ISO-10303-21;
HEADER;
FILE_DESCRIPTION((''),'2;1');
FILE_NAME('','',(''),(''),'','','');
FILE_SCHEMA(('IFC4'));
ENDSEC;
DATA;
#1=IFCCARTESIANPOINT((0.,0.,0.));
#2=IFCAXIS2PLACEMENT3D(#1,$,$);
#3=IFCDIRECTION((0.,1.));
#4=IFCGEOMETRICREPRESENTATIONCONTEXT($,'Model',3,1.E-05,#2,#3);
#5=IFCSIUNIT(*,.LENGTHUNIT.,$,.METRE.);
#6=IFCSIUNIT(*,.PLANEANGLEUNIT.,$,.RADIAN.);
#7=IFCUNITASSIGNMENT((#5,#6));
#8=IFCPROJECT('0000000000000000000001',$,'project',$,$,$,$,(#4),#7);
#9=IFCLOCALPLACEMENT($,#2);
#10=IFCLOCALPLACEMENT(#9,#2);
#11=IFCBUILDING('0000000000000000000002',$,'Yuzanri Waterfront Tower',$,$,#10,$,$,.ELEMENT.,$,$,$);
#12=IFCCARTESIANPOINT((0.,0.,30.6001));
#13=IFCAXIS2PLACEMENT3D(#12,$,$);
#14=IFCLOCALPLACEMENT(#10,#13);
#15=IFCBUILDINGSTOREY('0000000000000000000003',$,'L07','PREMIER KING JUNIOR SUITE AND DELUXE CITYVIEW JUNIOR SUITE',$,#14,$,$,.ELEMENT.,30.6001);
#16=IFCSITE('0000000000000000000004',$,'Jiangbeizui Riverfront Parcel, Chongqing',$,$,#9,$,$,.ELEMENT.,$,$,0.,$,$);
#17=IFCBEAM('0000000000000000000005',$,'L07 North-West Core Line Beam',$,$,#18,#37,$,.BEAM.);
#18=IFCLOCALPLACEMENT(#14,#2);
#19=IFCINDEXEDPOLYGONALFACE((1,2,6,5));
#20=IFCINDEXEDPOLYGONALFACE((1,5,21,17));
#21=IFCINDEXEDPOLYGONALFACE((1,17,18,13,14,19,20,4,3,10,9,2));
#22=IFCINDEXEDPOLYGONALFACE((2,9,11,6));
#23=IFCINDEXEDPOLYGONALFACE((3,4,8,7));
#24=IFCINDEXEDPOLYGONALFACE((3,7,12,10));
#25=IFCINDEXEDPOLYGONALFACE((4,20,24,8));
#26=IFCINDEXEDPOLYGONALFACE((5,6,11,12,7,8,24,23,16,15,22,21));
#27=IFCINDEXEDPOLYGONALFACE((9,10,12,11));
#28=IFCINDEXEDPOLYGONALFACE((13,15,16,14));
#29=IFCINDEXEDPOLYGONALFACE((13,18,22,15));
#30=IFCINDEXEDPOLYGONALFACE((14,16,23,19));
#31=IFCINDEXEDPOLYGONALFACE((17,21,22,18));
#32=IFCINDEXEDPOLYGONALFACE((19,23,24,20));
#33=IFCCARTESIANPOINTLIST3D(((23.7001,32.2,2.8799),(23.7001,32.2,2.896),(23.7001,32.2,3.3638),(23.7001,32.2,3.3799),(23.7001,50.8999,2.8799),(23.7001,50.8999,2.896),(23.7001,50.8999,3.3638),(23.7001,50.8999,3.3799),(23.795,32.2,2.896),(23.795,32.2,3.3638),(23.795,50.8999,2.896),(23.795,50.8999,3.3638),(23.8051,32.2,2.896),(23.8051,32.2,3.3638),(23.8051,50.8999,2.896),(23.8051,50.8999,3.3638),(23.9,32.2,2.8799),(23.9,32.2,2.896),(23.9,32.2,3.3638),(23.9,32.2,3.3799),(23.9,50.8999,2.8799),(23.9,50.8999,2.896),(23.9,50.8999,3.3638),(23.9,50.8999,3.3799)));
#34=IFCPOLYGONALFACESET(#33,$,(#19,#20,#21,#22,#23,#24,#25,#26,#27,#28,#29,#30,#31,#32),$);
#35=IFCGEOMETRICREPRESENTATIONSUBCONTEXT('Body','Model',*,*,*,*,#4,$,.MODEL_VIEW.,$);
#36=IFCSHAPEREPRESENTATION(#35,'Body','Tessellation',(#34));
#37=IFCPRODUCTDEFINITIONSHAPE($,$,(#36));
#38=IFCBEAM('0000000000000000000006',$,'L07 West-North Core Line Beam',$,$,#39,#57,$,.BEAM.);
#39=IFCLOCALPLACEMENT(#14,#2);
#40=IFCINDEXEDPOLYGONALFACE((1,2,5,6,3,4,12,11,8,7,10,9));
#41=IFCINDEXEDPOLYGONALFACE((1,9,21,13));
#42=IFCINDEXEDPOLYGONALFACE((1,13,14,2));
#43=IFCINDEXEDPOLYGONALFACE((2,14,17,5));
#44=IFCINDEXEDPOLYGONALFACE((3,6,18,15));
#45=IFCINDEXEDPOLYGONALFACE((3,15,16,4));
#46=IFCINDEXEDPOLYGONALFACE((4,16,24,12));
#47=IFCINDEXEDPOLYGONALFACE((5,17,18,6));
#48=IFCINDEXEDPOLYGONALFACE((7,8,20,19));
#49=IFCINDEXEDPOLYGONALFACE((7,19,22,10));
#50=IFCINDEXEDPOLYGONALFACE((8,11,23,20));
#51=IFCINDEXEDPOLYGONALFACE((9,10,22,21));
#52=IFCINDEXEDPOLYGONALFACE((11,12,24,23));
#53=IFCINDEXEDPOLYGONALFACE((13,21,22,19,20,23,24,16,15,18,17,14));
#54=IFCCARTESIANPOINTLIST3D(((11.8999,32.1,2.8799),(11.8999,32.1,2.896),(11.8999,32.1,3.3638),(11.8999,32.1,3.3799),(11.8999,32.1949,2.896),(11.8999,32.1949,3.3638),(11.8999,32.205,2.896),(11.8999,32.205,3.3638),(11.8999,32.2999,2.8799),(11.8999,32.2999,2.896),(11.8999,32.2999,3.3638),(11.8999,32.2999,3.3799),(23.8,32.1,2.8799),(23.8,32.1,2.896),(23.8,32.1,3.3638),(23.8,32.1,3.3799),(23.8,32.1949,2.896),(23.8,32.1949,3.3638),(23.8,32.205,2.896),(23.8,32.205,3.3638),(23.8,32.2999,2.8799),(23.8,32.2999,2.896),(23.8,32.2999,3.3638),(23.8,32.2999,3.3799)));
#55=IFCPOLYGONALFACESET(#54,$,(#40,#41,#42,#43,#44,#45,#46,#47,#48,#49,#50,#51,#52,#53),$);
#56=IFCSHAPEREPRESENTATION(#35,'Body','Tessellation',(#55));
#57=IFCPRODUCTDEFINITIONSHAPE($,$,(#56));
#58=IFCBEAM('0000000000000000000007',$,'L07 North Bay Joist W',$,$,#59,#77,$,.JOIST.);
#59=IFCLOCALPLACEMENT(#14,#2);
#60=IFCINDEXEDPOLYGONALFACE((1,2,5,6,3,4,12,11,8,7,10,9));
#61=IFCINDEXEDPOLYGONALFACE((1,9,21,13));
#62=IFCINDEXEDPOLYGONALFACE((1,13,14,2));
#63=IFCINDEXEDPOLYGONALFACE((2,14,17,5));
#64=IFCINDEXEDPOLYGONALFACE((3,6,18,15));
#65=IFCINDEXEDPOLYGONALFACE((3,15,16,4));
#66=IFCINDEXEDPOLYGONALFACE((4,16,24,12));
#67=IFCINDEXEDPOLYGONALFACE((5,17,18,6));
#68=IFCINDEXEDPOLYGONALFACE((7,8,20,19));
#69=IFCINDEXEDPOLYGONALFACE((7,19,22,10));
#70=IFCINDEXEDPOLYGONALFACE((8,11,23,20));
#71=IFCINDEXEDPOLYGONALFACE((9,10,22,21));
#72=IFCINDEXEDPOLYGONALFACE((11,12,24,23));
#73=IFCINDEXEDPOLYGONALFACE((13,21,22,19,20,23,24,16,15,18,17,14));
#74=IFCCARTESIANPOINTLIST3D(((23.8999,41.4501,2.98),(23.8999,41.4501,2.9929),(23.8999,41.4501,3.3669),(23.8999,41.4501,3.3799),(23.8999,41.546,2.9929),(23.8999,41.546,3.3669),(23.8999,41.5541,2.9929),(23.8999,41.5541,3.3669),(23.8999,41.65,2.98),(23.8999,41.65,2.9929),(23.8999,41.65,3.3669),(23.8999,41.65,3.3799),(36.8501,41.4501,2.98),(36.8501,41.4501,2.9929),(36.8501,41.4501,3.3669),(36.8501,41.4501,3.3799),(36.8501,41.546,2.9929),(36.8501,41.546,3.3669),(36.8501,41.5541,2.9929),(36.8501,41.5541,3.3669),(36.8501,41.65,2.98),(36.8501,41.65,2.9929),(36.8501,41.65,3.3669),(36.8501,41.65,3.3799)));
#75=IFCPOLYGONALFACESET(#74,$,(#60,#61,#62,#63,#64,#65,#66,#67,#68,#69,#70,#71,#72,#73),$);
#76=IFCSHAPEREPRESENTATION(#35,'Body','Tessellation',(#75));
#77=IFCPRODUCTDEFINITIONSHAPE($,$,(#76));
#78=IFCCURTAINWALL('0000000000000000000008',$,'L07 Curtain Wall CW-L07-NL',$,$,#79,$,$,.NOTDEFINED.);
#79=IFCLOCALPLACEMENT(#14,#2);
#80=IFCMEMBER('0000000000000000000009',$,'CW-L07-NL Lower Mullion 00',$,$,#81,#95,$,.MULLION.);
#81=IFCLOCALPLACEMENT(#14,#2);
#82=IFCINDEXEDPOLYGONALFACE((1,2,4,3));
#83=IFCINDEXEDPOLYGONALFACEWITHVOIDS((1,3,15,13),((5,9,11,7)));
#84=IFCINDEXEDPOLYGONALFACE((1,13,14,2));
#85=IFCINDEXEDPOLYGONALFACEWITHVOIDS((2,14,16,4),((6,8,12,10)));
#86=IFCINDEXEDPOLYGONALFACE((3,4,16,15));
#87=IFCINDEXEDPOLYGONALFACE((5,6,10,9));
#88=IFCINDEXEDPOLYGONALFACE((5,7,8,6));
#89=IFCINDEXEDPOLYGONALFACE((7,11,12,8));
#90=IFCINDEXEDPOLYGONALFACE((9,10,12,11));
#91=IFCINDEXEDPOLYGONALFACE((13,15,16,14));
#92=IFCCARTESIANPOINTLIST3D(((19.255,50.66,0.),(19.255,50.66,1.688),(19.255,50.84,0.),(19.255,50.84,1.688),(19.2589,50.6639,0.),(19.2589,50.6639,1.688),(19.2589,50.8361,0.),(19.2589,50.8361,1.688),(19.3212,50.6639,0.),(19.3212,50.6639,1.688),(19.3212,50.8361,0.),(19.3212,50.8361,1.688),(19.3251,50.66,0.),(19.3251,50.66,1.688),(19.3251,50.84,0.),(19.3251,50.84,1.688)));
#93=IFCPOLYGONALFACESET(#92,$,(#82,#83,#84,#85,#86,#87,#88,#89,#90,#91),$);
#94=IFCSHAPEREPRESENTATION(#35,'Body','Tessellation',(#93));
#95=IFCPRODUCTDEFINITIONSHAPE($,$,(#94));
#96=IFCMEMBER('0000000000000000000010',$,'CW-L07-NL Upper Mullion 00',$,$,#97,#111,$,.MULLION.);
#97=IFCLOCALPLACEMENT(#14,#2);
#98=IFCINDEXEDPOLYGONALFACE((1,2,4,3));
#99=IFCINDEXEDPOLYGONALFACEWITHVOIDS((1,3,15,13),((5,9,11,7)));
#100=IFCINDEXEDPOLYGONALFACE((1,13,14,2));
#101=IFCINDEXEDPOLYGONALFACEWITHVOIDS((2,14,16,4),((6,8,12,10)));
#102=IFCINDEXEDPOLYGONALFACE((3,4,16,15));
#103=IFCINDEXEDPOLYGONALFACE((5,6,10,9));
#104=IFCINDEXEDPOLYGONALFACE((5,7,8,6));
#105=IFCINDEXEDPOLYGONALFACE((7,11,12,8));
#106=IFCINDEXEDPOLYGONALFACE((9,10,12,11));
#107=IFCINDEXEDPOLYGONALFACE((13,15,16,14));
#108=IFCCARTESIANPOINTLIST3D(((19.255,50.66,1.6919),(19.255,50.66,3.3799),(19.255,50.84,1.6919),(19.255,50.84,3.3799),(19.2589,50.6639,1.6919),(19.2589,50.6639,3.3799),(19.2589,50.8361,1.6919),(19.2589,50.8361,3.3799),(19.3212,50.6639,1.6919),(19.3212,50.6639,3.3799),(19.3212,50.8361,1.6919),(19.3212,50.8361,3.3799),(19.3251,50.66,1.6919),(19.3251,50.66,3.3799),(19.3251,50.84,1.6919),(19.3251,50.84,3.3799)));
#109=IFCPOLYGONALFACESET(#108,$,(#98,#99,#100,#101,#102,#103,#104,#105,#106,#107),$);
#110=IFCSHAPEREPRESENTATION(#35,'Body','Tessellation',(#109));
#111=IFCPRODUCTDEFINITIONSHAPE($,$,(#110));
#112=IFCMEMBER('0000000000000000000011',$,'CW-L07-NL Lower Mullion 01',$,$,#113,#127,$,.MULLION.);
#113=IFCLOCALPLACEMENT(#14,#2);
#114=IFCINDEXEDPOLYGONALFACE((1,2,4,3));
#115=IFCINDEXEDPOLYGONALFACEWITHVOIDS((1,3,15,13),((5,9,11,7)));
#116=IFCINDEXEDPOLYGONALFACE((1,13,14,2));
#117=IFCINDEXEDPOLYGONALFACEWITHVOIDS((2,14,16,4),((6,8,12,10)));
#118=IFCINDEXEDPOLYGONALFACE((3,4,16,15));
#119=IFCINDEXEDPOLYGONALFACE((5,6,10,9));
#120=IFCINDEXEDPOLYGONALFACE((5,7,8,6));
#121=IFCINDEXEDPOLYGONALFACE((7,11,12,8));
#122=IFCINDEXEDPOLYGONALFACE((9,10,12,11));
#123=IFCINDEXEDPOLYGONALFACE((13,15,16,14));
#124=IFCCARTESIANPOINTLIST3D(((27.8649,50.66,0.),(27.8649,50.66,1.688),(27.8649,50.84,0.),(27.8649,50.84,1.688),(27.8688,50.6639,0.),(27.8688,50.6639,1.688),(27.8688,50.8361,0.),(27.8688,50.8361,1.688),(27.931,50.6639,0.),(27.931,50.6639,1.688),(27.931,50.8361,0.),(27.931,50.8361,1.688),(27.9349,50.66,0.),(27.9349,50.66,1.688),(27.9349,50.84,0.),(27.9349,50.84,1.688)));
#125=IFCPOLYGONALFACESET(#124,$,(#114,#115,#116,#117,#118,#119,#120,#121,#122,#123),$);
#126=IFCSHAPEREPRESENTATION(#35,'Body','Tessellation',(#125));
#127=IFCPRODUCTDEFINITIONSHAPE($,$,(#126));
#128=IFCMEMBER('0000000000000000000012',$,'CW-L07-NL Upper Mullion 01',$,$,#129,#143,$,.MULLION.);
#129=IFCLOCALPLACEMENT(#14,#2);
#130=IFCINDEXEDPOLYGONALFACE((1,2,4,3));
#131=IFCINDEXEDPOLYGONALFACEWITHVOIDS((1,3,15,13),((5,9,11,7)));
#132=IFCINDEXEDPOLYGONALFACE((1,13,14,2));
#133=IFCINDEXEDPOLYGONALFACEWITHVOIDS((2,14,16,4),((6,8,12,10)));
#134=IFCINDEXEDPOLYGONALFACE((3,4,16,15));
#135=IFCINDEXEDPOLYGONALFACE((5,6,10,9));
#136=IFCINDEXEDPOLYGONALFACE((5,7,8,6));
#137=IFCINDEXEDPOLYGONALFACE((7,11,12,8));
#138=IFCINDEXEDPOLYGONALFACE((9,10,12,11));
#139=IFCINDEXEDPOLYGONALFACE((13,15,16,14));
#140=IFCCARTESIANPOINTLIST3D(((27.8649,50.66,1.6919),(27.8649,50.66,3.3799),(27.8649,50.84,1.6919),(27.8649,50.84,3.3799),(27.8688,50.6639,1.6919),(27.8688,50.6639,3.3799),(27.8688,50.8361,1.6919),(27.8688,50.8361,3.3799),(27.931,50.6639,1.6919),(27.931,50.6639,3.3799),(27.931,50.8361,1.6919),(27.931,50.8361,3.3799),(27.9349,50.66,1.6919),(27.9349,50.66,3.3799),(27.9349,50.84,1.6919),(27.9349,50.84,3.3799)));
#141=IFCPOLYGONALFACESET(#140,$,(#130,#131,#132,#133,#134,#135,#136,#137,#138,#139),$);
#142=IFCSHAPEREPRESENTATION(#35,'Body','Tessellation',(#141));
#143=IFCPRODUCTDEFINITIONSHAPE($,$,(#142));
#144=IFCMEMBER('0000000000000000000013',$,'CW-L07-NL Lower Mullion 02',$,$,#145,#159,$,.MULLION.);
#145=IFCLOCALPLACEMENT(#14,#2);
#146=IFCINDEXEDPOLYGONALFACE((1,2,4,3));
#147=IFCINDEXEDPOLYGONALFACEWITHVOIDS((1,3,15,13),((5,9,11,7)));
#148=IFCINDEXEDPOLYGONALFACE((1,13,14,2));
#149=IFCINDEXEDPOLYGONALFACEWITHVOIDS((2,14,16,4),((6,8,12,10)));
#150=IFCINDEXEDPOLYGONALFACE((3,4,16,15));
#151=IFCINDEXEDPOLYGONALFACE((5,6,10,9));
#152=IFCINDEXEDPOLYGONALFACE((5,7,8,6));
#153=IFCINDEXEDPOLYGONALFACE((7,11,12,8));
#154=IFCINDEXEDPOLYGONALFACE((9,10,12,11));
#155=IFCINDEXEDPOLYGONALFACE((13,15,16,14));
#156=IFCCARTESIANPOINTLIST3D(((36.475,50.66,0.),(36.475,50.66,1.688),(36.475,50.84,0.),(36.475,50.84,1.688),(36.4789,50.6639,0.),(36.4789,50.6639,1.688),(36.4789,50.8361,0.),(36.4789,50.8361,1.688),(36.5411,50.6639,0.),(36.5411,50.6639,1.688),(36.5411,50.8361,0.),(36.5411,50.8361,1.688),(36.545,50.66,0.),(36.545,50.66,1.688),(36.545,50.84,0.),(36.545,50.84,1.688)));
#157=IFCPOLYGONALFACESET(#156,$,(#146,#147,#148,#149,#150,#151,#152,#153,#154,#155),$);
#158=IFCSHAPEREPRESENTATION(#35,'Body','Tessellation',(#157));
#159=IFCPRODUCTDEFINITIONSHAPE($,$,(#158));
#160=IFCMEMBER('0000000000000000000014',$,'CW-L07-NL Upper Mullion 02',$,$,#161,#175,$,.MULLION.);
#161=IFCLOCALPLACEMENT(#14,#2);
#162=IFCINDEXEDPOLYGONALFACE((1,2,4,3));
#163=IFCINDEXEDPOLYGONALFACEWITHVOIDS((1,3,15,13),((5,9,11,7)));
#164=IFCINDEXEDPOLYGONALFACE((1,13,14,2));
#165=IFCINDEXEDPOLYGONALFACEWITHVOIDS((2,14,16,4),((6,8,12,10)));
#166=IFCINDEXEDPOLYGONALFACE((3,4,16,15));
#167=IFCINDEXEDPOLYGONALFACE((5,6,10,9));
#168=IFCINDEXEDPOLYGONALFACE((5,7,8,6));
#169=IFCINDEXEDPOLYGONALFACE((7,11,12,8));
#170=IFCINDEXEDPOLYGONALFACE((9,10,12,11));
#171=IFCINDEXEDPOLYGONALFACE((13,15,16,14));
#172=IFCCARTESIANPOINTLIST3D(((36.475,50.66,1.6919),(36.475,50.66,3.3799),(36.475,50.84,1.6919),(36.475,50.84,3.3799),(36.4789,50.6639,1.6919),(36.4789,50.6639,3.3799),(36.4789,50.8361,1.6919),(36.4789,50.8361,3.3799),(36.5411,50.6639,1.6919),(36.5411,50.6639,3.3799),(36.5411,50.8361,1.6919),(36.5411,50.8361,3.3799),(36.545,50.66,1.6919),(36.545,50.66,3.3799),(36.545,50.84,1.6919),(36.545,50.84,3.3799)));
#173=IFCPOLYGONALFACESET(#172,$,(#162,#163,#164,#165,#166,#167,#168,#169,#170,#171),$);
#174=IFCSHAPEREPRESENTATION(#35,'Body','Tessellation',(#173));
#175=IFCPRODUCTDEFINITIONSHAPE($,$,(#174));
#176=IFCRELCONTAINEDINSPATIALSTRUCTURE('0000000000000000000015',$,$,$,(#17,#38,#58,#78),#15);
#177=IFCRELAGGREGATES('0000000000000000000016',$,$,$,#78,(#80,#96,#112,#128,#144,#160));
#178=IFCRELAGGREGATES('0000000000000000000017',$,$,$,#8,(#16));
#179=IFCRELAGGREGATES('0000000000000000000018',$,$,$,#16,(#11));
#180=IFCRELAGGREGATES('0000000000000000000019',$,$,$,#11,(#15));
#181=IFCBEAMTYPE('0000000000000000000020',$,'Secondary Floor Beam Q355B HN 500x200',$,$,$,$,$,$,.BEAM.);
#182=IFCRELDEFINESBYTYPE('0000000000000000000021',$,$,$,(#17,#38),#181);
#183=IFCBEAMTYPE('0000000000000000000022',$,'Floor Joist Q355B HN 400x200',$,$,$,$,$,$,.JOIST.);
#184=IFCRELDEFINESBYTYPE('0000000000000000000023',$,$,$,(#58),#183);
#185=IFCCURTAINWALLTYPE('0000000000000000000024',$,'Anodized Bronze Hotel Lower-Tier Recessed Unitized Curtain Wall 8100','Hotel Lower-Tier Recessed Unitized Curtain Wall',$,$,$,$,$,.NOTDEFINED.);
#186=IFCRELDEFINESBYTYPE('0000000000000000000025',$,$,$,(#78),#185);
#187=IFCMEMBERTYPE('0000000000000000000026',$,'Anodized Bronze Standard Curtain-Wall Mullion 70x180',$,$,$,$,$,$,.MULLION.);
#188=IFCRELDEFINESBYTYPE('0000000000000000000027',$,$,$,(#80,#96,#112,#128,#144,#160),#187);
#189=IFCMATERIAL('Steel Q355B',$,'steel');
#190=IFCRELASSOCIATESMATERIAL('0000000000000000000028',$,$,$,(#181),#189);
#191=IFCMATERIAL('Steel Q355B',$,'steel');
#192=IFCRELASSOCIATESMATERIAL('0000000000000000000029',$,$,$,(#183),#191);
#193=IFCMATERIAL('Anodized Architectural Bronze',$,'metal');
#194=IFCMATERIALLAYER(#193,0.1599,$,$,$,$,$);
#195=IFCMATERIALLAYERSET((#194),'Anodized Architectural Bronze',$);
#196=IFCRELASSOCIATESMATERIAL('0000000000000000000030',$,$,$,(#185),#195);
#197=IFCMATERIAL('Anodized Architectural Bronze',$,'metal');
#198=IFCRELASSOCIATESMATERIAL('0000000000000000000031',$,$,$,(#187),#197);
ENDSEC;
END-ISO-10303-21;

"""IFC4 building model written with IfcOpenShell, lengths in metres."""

from ifc_helpers import new_model, si_unit, direction, frame, origin, origin_2d, place, context, subcontext, project, spatial, hollow_rectangle, i_section, extrude, source, transform, mapped, material, layer, layer_set, material_profile, profile_set, type_object, element, aggregate, save


model = new_model("IFC4")

# Units and contexts
model_context = context("Model", 3, precision=1e-05, world=origin(), true_north=direction((0.0, 1.0)))
body_context = subcontext(model_context, "Body", "Model", "MODEL_VIEW")
ifc_project = project(units=[si_unit("LENGTHUNIT", "METRE"), si_unit("PLANEANGLEUNIT", "RADIAN")], contexts=[model_context])

# Site, building, storey
site_placement = place(None, origin())
site = spatial("IfcSite", under=ifc_project, at=site_placement, Name="Jiangbeizui Riverfront Parcel, Chongqing", CompositionType="ELEMENT", RefElevation=0.0)
building_placement = place(site_placement, origin())
building = spatial("IfcBuilding", under=site, at=building_placement, Name="Yuzanri Waterfront Tower", CompositionType="ELEMENT")
storey_placement = place(building_placement, frame((0.0, 0.0, 30.6001)))
storey = spatial("IfcBuildingStorey", under=building, at=storey_placement, Name="L07", Description="PREMIER KING JUNIOR SUITE AND DELUXE CITYVIEW JUNIOR SUITE", CompositionType="ELEMENT", Elevation=30.6001)

# Beams
ifc_material_1 = material(Name="Steel Q355B", Category="steel")
ifc_material_profile_1 = material_profile(ifc_material_1, i_section(OverallWidth=0.2, OverallDepth=0.5, WebThickness=0.01, FlangeThickness=0.0161, at=origin_2d()), Name="HN 500x200x10x16")
ifc_profile_set_1 = profile_set([ifc_material_profile_1], Name="Steel Q355B")
beam_type_1 = type_object("IfcBeamType", Name="Secondary Floor Beam Q355B HN 500x200", PredefinedType="BEAM", material=ifc_profile_set_1)
shared_shape_1 = source(origin(), body_context, "Body", "SweptSolid", [
    extrude(i_section(OverallWidth=0.2, OverallDepth=0.5, WebThickness=0.01, FlangeThickness=0.0161, at=origin_2d()), origin(), (0.0, 0.0, 1.0), 18.7),
])
beam_1_placement = place(storey_placement, frame((23.8, 32.2, 3.1299), z_axis=(0.0, 1.0, 0.0), x_axis=(-1.0, 0.0, 0.0)))
element("IfcBeam", 1, at=beam_1_placement, inside=storey, type_object=beam_type_1, Name="L07 North-West Core Line Beam", PredefinedType="BEAM", context=body_context, shape_type="MappedRepresentation", body=[
    mapped(shared_shape_1, transform((0.0, 0.0, 0.0), scale=1.0)),
])
shared_shape_2 = source(origin(), body_context, "Body", "SweptSolid", [
    extrude(i_section(OverallWidth=0.2, OverallDepth=0.5, WebThickness=0.01, FlangeThickness=0.0161, at=origin_2d()), origin(), (0.0, 0.0, 1.0), 11.9001),
])
beam_2_placement = place(storey_placement, frame((23.8, 32.2, 3.1299), z_axis=(-1.0, 0.0, 0.0), x_axis=(0.0, -1.0, 0.0)))
element("IfcBeam", 2, at=beam_2_placement, inside=storey, type_object=beam_type_1, Name="L07 West-North Core Line Beam", PredefinedType="BEAM", context=body_context, shape_type="MappedRepresentation", body=[
    mapped(shared_shape_2, transform((0.0, 0.0, 0.0), scale=1.0)),
])
ifc_material_2 = material(Name="Steel Q355B", Category="steel")
ifc_material_profile_2 = material_profile(ifc_material_2, i_section(OverallWidth=0.2, OverallDepth=0.3999, WebThickness=0.0081, FlangeThickness=0.0129, at=origin_2d()), Name="HN 400x200x8x13")
ifc_profile_set_2 = profile_set([ifc_material_profile_2], Name="Steel Q355B")
beam_type_2 = type_object("IfcBeamType", Name="Floor Joist Q355B HN 400x200", PredefinedType="JOIST", material=ifc_profile_set_2)
shared_shape_3 = source(origin(), body_context, "Body", "SweptSolid", [
    extrude(i_section(OverallWidth=0.2, OverallDepth=0.3999, WebThickness=0.0081, FlangeThickness=0.0129, at=origin_2d()), origin(), (0.0, 0.0, 1.0), 12.9502),
])
beam_3_placement = place(storey_placement, frame((23.8999, 41.55, 3.1799), z_axis=(1.0, 0.0, 0.0), x_axis=(0.0, 1.0, 0.0)))
element("IfcBeam", 3, at=beam_3_placement, inside=storey, type_object=beam_type_2, Name="L07 North Bay Joist W", PredefinedType="JOIST", context=body_context, shape_type="MappedRepresentation", body=[
    mapped(shared_shape_3, transform((0.0, 0.0, 0.0), scale=1.0)),
])

# Curtain wall, members
ifc_material_3 = material(Name="Anodized Architectural Bronze", Category="metal")
ifc_layer_1 = layer(ifc_material_3, 0.1599)
ifc_layer_set_1 = layer_set([ifc_layer_1], Name="Anodized Architectural Bronze")
curtain_wall_type = type_object("IfcCurtainWallType", Name="Anodized Bronze Hotel Lower-Tier Recessed Unitized Curtain Wall 8100", Description="Hotel Lower-Tier Recessed Unitized Curtain Wall", PredefinedType="NOTDEFINED", material=ifc_layer_set_1)
curtain_wall_placement = place(storey_placement, origin())
curtain_wall = element("IfcCurtainWall", 4, at=curtain_wall_placement, inside=storey, type_object=curtain_wall_type, Name="L07 Curtain Wall CW-L07-NL", PredefinedType="NOTDEFINED")
ifc_material_4 = material(Name="Anodized Architectural Bronze", Category="metal")
ifc_material_profile_3 = material_profile(ifc_material_4, hollow_rectangle(XDim=0.0701, YDim=0.1799, WallThickness=0.0039, at=origin_2d()), Name="CWM 70x180")
ifc_profile_set_3 = profile_set([ifc_material_profile_3], Name="Anodized Architectural Bronze")
member_type_1 = type_object("IfcMemberType", Name="Anodized Bronze Standard Curtain-Wall Mullion 70x180", PredefinedType="MULLION", material=ifc_profile_set_3)
shared_shape_4 = source(origin(), body_context, "Body", "SweptSolid", [
    extrude(hollow_rectangle(XDim=0.0701, YDim=0.1799, WallThickness=0.0039, at=origin_2d()), origin(), (0.0, 0.0, 1.0), 1.688),
])
member_1_placement = place(storey_placement, frame((19.29, 50.75, 0.0), z_axis=(0.0, 0.0, 1.0), x_axis=(1.0, 0.0, 0.0)))
member_1 = element("IfcMember", 5, at=member_1_placement, type_object=member_type_1, Name="CW-L07-NL Lower Mullion 00", PredefinedType="MULLION", context=body_context, shape_type="MappedRepresentation", body=[
    mapped(shared_shape_4, transform((0.0, 0.0, 0.0), scale=1.0)),
])
member_2_placement = place(storey_placement, frame((19.29, 50.75, 1.6919), z_axis=(0.0, 0.0, 1.0), x_axis=(1.0, 0.0, 0.0)))
member_2 = element("IfcMember", 6, at=member_2_placement, type_object=member_type_1, Name="CW-L07-NL Upper Mullion 00", PredefinedType="MULLION", context=body_context, shape_type="MappedRepresentation", body=[
    mapped(shared_shape_4, transform((0.0, 0.0, 0.0), scale=1.0)),
])
member_3_placement = place(storey_placement, frame((27.8999, 50.75, 0.0), z_axis=(0.0, 0.0, 1.0), x_axis=(1.0, 0.0, 0.0)))
member_3 = element("IfcMember", 7, at=member_3_placement, type_object=member_type_1, Name="CW-L07-NL Lower Mullion 01", PredefinedType="MULLION", context=body_context, shape_type="MappedRepresentation", body=[
    mapped(shared_shape_4, transform((0.0, 0.0, 0.0), scale=1.0)),
])
member_4_placement = place(storey_placement, frame((27.8999, 50.75, 1.6919), z_axis=(0.0, 0.0, 1.0), x_axis=(1.0, 0.0, 0.0)))
member_4 = element("IfcMember", 8, at=member_4_placement, type_object=member_type_1, Name="CW-L07-NL Upper Mullion 01", PredefinedType="MULLION", context=body_context, shape_type="MappedRepresentation", body=[
    mapped(shared_shape_4, transform((0.0, 0.0, 0.0), scale=1.0)),
])
member_5_placement = place(storey_placement, frame((36.51, 50.75, 0.0), z_axis=(0.0, 0.0, 1.0), x_axis=(1.0, 0.0, 0.0)))
member_5 = element("IfcMember", 9, at=member_5_placement, type_object=member_type_1, Name="CW-L07-NL Lower Mullion 02", PredefinedType="MULLION", context=body_context, shape_type="MappedRepresentation", body=[
    mapped(shared_shape_4, transform((0.0, 0.0, 0.0), scale=1.0)),
])
member_6_placement = place(storey_placement, frame((36.51, 50.75, 1.6919), z_axis=(0.0, 0.0, 1.0), x_axis=(1.0, 0.0, 0.0)))
member_6 = element("IfcMember", 10, at=member_6_placement, type_object=member_type_1, Name="CW-L07-NL Upper Mullion 02", PredefinedType="MULLION", context=body_context, shape_type="MappedRepresentation", body=[
    mapped(shared_shape_4, transform((0.0, 0.0, 0.0), scale=1.0)),
])
aggregate(curtain_wall, [member_1, member_2, member_3, member_4, member_5, member_6])

save(model, "model.ifc")
